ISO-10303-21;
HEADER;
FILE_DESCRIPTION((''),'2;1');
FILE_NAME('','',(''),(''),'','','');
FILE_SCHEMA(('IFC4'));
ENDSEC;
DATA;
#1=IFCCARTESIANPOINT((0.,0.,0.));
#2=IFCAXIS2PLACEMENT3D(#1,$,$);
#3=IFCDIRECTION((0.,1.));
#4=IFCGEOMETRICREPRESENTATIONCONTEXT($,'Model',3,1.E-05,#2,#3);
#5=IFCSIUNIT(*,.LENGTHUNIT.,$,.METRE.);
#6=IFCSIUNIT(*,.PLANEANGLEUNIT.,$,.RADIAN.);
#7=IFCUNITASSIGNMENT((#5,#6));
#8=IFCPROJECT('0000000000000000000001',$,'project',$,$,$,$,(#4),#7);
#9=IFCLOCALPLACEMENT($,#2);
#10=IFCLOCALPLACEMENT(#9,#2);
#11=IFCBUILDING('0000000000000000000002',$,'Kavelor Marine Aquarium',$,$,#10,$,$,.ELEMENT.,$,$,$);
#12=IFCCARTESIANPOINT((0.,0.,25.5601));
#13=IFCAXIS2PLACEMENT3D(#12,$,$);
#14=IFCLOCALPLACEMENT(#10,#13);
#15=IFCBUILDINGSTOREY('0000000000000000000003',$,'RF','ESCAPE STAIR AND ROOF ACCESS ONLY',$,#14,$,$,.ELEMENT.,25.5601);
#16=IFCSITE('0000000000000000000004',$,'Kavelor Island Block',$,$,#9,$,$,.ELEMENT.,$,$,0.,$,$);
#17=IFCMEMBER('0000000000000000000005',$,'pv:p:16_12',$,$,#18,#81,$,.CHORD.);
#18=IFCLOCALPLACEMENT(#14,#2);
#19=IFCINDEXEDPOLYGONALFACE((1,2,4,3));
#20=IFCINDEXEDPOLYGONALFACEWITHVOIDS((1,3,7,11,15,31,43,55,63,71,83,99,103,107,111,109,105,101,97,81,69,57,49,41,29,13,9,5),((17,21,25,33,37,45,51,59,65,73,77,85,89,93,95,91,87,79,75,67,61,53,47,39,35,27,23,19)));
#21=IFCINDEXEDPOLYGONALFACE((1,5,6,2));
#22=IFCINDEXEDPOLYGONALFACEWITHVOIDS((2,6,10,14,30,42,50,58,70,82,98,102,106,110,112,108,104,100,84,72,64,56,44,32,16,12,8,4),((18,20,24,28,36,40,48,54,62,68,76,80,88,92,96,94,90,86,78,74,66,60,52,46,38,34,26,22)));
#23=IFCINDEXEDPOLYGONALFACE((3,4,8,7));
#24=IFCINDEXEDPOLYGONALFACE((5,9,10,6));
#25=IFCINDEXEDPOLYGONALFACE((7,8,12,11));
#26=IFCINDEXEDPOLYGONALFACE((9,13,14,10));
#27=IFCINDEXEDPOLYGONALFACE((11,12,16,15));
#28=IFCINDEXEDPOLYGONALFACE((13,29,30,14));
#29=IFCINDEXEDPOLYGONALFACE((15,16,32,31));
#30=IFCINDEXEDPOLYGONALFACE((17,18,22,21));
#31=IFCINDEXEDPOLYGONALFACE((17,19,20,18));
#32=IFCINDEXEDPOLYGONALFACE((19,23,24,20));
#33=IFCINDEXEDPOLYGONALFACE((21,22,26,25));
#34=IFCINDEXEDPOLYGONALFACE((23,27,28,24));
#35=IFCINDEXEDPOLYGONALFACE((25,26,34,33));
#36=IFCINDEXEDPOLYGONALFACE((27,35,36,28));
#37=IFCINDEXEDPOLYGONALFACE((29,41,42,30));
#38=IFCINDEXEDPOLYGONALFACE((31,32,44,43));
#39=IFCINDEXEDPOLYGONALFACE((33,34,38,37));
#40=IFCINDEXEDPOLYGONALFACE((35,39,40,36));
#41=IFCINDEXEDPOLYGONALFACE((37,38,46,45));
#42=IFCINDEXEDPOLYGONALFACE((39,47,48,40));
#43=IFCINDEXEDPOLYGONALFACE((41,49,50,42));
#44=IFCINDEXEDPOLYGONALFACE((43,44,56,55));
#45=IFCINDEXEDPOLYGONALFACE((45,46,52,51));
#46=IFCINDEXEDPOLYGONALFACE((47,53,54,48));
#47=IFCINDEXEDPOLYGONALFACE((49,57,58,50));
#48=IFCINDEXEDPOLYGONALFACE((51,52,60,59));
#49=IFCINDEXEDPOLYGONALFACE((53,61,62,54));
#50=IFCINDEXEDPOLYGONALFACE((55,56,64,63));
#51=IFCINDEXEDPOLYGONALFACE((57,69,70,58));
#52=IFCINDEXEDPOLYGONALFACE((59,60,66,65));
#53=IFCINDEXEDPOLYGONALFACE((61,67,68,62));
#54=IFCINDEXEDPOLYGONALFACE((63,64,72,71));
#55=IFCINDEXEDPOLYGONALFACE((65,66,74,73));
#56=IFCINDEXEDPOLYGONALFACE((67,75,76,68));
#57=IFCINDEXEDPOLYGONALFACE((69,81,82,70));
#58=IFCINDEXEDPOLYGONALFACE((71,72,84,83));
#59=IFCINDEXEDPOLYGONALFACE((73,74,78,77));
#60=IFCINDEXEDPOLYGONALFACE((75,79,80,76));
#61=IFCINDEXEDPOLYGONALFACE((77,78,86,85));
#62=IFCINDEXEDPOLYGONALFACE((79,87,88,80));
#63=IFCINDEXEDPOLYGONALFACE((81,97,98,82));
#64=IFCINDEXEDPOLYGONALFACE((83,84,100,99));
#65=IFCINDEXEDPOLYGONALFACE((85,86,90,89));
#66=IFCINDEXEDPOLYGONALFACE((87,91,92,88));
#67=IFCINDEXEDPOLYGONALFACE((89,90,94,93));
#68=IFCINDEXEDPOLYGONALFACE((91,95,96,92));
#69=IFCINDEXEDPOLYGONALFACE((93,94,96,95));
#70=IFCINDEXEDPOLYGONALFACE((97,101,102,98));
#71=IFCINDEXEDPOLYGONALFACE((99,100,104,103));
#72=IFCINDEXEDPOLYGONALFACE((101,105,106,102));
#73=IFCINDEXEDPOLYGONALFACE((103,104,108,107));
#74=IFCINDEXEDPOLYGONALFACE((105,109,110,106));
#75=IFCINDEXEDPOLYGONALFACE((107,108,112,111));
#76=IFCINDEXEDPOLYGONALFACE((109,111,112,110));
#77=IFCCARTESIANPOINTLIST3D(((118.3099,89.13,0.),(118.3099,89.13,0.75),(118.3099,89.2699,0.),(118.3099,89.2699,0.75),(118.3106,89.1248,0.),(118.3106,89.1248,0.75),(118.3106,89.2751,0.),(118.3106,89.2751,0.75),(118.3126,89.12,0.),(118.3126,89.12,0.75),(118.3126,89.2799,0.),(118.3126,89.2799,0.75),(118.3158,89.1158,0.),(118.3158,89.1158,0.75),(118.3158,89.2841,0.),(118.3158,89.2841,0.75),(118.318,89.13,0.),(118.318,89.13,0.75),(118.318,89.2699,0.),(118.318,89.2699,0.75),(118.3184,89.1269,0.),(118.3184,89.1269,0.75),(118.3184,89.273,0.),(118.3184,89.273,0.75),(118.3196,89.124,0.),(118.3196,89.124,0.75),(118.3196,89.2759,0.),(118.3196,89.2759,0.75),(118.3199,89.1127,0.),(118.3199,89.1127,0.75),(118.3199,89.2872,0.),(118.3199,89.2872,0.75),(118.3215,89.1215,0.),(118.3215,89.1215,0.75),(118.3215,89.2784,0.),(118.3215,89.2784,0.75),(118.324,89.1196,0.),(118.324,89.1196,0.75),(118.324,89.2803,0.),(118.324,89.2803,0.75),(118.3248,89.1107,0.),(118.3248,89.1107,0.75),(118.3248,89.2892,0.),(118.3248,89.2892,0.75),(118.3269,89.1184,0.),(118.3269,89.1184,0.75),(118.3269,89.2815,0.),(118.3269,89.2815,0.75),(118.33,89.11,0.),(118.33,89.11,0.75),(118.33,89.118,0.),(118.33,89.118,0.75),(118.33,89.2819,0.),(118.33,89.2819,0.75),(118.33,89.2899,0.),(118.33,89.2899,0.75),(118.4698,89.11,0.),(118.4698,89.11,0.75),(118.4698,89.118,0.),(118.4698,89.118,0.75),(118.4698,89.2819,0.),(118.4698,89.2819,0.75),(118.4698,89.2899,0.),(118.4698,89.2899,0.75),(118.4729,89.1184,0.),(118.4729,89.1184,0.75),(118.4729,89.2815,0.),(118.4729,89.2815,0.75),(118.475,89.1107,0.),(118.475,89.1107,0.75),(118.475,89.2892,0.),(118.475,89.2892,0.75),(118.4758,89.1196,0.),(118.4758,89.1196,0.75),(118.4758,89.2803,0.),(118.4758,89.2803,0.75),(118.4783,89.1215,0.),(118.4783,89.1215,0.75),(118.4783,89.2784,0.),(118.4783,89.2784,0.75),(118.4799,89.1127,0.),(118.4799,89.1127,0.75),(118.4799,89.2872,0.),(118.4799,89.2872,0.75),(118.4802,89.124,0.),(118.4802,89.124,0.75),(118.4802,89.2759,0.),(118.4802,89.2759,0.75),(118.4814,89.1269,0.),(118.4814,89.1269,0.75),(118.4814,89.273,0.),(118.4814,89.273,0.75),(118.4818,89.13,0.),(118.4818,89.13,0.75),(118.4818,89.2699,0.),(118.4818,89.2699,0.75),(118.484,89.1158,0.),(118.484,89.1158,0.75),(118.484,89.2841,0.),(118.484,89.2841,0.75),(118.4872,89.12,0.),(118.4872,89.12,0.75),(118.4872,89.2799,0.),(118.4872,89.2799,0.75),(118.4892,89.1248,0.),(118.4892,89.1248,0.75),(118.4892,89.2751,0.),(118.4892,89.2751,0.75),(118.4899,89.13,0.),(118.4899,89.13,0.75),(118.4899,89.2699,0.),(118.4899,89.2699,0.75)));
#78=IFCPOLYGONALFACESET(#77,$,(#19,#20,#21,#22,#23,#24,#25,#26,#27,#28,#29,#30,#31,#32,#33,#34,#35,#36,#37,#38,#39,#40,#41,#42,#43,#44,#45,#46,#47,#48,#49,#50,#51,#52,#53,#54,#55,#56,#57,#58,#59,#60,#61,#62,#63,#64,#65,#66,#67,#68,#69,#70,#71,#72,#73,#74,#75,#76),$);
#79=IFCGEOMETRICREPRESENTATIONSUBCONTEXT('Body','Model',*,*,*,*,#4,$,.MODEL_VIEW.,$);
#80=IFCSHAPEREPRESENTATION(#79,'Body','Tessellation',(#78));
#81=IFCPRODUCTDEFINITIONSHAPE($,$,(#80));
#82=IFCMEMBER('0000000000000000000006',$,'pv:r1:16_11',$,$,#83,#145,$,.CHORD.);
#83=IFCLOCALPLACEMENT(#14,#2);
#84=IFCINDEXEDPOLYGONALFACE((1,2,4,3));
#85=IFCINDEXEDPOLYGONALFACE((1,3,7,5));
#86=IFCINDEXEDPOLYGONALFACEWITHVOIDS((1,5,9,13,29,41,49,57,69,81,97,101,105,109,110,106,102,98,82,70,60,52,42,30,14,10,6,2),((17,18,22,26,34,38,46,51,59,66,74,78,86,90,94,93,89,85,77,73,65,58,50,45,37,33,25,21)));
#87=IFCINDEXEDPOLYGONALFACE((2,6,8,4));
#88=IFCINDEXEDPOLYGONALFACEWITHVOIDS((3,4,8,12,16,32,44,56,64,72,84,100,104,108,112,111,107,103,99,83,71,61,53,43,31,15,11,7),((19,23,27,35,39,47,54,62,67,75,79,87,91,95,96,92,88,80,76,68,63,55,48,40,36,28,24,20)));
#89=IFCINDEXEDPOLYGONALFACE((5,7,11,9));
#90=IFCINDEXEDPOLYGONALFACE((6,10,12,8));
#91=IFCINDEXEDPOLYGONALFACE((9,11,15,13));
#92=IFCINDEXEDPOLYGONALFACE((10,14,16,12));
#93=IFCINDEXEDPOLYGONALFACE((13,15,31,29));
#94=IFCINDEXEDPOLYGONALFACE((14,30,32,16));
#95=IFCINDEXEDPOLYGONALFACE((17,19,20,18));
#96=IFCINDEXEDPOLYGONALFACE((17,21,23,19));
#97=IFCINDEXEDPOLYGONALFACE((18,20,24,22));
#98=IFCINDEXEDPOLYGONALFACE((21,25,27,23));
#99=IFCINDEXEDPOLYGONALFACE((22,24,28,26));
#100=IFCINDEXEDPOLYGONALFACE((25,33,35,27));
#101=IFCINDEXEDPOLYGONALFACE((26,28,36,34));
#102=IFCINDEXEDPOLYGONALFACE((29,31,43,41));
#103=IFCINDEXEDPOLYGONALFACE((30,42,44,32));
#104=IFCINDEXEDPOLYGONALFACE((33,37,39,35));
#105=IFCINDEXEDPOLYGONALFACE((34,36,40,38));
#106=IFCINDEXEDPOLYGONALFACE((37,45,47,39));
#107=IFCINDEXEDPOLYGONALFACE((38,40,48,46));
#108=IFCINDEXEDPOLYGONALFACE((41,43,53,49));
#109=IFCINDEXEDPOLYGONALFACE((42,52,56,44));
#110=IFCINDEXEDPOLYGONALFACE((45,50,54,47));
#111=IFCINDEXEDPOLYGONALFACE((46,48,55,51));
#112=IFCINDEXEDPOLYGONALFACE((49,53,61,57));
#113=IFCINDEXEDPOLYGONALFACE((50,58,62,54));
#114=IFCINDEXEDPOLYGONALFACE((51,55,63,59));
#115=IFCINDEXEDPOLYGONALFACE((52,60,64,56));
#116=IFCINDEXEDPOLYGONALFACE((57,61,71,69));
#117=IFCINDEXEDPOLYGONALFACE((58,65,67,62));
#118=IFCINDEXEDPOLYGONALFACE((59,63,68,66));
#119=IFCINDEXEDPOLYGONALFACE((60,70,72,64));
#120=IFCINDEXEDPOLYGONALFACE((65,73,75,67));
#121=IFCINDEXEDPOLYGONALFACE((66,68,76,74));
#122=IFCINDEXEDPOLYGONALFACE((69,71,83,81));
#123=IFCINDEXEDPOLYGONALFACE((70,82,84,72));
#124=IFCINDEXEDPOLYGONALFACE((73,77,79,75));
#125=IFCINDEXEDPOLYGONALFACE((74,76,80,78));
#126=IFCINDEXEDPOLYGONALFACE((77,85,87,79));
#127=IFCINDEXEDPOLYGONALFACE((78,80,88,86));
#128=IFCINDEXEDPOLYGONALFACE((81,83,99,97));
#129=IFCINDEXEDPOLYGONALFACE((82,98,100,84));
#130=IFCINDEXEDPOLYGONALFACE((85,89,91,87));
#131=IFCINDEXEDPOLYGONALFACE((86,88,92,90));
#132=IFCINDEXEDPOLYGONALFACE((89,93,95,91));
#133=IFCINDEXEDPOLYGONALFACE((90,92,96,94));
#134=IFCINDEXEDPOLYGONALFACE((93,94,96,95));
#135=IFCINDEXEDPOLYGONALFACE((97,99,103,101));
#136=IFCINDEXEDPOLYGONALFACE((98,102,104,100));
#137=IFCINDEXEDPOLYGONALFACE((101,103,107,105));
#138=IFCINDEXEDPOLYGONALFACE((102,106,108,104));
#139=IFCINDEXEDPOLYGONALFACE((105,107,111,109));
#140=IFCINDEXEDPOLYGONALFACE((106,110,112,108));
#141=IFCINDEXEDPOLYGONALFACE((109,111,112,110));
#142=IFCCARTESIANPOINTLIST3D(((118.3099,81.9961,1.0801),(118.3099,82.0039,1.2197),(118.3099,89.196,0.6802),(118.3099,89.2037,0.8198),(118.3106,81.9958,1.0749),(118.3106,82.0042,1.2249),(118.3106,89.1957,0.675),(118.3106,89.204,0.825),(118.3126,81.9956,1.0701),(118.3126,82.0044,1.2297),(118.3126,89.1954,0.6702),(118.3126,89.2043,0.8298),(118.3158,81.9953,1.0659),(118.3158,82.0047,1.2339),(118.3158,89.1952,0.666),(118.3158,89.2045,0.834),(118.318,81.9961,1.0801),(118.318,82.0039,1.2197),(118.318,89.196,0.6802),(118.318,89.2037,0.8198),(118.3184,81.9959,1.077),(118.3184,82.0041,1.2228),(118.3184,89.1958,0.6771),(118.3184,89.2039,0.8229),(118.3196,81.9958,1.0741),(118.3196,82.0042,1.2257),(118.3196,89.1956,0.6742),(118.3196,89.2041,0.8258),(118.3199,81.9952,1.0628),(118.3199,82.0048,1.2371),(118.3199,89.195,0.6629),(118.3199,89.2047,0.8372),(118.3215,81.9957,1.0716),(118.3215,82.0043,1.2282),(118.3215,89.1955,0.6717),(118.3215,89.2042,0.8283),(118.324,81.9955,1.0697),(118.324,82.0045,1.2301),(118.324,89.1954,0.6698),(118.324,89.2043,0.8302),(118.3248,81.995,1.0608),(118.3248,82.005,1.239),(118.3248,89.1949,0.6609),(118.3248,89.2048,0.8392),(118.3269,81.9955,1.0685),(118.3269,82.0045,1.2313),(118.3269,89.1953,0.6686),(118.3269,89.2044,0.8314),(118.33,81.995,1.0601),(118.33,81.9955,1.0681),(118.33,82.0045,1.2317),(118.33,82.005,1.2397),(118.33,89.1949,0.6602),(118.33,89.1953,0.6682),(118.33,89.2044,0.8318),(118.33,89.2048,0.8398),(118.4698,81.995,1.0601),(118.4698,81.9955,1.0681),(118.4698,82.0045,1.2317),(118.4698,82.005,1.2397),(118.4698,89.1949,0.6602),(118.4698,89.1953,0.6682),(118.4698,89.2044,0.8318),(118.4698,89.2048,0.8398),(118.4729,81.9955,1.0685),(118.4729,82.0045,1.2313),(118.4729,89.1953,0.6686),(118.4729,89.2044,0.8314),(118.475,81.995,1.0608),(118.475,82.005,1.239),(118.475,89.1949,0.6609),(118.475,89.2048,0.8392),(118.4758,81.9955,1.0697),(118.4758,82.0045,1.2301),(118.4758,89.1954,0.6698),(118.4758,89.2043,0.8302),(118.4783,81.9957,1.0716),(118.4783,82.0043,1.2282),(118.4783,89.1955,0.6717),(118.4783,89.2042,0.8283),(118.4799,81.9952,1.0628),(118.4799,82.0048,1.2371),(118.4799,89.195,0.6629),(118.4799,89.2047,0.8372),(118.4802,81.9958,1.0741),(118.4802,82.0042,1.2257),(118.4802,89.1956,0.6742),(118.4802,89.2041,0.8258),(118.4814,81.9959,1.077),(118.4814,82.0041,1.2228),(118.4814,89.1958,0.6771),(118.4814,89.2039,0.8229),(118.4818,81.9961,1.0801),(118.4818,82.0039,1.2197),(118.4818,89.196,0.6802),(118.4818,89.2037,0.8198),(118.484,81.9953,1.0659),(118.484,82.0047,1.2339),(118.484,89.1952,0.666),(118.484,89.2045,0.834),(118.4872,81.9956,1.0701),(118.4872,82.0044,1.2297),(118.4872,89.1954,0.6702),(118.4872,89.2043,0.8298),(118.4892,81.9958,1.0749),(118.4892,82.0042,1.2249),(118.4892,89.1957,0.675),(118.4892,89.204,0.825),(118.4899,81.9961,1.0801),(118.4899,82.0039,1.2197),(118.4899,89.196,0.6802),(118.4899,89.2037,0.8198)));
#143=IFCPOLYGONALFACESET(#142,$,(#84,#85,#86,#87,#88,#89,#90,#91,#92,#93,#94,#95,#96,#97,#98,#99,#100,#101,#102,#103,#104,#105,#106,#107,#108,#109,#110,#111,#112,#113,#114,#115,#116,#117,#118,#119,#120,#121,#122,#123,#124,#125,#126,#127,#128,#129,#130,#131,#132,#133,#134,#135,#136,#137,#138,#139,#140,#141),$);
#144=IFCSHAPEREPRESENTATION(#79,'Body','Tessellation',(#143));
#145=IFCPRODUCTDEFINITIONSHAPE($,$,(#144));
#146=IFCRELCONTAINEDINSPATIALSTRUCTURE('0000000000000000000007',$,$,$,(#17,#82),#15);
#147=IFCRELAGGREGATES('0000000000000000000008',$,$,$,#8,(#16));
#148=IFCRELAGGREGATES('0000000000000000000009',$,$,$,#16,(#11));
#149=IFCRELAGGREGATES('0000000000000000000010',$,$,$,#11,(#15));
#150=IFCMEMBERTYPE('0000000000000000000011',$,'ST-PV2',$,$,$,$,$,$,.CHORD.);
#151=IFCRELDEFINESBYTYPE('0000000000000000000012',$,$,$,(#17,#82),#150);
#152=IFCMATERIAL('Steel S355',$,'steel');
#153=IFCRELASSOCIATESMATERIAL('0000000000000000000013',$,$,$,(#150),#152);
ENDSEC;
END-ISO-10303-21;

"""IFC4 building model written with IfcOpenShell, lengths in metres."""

from ifc_helpers import new_model, si_unit, direction, frame, origin, origin_2d, place, context, subcontext, project, spatial, hollow_rectangle, extrude, material, material_profile, profile_set, type_object, element, save


model = new_model("IFC4")

# Units and contexts
model_context = context("Model", 3, precision=1e-05, world=origin(), true_north=direction((0.0, 1.0)))
body_context = subcontext(model_context, "Body", "Model", "MODEL_VIEW")
ifc_project = project(units=[si_unit("LENGTHUNIT", "METRE"), si_unit("PLANEANGLEUNIT", "RADIAN")], contexts=[model_context])

# Site, building, storey
site_placement = place(None, origin())
site = spatial("IfcSite", under=ifc_project, at=site_placement, Name="Kavelor Island Block", CompositionType="ELEMENT", RefElevation=0.0)
building_placement = place(site_placement, origin())
building = spatial("IfcBuilding", under=site, at=building_placement, Name="Kavelor Marine Aquarium", CompositionType="ELEMENT")
storey_placement = place(building_placement, frame((0.0, 0.0, 25.5601)))
storey = spatial("IfcBuildingStorey", under=building, at=storey_placement, Name="RF", Description="ESCAPE STAIR AND ROOF ACCESS ONLY", CompositionType="ELEMENT", Elevation=25.5601)

# Members
ifc_material_1 = material(Name="Steel S355", Category="steel")
ifc_material_profile_1 = material_profile(ifc_material_1, hollow_rectangle(XDim=0.1799, YDim=0.1799, WallThickness=0.0081, InnerFilletRadius=0.012, OuterFilletRadius=0.02, at=origin_2d()), Name="SHS 180x180x8.0")
ifc_profile_set_1 = profile_set([ifc_material_profile_1], Name="Steel S355")
member_type_1 = type_object("IfcMemberType", Name="ST-PV2", PredefinedType="CHORD", material=ifc_profile_set_1)
member_1_placement = place(storey_placement, frame((118.3999, 89.2, 0.0), z_axis=(0.0, 0.0, 1.0), x_axis=(1.0, 0.0, 0.0)))
element("IfcMember", 1, at=member_1_placement, inside=storey, type_object=member_type_1, Name="pv:p:16_12", PredefinedType="CHORD", context=body_context, shape_type="SweptSolid", body=[
    extrude(hollow_rectangle(XDim=0.1799, YDim=0.1799, WallThickness=0.0081, InnerFilletRadius=0.012, OuterFilletRadius=0.02, at=origin_2d()), origin(), (0.0, 0.0, 1.0), 0.75),
])
member_2_placement = place(storey_placement, frame((118.3999, 82.0, 1.1499), z_axis=(0.0, 0.998461, -0.055457), x_axis=(-1.0, 0.0, 0.0)))
element("IfcMember", 2, at=member_2_placement, inside=storey, type_object=member_type_1, Name="pv:r1:16_11", PredefinedType="CHORD", context=body_context, shape_type="SweptSolid", body=[
    extrude(hollow_rectangle(XDim=0.1799, YDim=0.1799, WallThickness=0.0081, InnerFilletRadius=0.012, OuterFilletRadius=0.02, at=origin_2d()), origin(), (0.0, 0.0, 1.0), 7.2109),
])

save(model, "model.ifc")
